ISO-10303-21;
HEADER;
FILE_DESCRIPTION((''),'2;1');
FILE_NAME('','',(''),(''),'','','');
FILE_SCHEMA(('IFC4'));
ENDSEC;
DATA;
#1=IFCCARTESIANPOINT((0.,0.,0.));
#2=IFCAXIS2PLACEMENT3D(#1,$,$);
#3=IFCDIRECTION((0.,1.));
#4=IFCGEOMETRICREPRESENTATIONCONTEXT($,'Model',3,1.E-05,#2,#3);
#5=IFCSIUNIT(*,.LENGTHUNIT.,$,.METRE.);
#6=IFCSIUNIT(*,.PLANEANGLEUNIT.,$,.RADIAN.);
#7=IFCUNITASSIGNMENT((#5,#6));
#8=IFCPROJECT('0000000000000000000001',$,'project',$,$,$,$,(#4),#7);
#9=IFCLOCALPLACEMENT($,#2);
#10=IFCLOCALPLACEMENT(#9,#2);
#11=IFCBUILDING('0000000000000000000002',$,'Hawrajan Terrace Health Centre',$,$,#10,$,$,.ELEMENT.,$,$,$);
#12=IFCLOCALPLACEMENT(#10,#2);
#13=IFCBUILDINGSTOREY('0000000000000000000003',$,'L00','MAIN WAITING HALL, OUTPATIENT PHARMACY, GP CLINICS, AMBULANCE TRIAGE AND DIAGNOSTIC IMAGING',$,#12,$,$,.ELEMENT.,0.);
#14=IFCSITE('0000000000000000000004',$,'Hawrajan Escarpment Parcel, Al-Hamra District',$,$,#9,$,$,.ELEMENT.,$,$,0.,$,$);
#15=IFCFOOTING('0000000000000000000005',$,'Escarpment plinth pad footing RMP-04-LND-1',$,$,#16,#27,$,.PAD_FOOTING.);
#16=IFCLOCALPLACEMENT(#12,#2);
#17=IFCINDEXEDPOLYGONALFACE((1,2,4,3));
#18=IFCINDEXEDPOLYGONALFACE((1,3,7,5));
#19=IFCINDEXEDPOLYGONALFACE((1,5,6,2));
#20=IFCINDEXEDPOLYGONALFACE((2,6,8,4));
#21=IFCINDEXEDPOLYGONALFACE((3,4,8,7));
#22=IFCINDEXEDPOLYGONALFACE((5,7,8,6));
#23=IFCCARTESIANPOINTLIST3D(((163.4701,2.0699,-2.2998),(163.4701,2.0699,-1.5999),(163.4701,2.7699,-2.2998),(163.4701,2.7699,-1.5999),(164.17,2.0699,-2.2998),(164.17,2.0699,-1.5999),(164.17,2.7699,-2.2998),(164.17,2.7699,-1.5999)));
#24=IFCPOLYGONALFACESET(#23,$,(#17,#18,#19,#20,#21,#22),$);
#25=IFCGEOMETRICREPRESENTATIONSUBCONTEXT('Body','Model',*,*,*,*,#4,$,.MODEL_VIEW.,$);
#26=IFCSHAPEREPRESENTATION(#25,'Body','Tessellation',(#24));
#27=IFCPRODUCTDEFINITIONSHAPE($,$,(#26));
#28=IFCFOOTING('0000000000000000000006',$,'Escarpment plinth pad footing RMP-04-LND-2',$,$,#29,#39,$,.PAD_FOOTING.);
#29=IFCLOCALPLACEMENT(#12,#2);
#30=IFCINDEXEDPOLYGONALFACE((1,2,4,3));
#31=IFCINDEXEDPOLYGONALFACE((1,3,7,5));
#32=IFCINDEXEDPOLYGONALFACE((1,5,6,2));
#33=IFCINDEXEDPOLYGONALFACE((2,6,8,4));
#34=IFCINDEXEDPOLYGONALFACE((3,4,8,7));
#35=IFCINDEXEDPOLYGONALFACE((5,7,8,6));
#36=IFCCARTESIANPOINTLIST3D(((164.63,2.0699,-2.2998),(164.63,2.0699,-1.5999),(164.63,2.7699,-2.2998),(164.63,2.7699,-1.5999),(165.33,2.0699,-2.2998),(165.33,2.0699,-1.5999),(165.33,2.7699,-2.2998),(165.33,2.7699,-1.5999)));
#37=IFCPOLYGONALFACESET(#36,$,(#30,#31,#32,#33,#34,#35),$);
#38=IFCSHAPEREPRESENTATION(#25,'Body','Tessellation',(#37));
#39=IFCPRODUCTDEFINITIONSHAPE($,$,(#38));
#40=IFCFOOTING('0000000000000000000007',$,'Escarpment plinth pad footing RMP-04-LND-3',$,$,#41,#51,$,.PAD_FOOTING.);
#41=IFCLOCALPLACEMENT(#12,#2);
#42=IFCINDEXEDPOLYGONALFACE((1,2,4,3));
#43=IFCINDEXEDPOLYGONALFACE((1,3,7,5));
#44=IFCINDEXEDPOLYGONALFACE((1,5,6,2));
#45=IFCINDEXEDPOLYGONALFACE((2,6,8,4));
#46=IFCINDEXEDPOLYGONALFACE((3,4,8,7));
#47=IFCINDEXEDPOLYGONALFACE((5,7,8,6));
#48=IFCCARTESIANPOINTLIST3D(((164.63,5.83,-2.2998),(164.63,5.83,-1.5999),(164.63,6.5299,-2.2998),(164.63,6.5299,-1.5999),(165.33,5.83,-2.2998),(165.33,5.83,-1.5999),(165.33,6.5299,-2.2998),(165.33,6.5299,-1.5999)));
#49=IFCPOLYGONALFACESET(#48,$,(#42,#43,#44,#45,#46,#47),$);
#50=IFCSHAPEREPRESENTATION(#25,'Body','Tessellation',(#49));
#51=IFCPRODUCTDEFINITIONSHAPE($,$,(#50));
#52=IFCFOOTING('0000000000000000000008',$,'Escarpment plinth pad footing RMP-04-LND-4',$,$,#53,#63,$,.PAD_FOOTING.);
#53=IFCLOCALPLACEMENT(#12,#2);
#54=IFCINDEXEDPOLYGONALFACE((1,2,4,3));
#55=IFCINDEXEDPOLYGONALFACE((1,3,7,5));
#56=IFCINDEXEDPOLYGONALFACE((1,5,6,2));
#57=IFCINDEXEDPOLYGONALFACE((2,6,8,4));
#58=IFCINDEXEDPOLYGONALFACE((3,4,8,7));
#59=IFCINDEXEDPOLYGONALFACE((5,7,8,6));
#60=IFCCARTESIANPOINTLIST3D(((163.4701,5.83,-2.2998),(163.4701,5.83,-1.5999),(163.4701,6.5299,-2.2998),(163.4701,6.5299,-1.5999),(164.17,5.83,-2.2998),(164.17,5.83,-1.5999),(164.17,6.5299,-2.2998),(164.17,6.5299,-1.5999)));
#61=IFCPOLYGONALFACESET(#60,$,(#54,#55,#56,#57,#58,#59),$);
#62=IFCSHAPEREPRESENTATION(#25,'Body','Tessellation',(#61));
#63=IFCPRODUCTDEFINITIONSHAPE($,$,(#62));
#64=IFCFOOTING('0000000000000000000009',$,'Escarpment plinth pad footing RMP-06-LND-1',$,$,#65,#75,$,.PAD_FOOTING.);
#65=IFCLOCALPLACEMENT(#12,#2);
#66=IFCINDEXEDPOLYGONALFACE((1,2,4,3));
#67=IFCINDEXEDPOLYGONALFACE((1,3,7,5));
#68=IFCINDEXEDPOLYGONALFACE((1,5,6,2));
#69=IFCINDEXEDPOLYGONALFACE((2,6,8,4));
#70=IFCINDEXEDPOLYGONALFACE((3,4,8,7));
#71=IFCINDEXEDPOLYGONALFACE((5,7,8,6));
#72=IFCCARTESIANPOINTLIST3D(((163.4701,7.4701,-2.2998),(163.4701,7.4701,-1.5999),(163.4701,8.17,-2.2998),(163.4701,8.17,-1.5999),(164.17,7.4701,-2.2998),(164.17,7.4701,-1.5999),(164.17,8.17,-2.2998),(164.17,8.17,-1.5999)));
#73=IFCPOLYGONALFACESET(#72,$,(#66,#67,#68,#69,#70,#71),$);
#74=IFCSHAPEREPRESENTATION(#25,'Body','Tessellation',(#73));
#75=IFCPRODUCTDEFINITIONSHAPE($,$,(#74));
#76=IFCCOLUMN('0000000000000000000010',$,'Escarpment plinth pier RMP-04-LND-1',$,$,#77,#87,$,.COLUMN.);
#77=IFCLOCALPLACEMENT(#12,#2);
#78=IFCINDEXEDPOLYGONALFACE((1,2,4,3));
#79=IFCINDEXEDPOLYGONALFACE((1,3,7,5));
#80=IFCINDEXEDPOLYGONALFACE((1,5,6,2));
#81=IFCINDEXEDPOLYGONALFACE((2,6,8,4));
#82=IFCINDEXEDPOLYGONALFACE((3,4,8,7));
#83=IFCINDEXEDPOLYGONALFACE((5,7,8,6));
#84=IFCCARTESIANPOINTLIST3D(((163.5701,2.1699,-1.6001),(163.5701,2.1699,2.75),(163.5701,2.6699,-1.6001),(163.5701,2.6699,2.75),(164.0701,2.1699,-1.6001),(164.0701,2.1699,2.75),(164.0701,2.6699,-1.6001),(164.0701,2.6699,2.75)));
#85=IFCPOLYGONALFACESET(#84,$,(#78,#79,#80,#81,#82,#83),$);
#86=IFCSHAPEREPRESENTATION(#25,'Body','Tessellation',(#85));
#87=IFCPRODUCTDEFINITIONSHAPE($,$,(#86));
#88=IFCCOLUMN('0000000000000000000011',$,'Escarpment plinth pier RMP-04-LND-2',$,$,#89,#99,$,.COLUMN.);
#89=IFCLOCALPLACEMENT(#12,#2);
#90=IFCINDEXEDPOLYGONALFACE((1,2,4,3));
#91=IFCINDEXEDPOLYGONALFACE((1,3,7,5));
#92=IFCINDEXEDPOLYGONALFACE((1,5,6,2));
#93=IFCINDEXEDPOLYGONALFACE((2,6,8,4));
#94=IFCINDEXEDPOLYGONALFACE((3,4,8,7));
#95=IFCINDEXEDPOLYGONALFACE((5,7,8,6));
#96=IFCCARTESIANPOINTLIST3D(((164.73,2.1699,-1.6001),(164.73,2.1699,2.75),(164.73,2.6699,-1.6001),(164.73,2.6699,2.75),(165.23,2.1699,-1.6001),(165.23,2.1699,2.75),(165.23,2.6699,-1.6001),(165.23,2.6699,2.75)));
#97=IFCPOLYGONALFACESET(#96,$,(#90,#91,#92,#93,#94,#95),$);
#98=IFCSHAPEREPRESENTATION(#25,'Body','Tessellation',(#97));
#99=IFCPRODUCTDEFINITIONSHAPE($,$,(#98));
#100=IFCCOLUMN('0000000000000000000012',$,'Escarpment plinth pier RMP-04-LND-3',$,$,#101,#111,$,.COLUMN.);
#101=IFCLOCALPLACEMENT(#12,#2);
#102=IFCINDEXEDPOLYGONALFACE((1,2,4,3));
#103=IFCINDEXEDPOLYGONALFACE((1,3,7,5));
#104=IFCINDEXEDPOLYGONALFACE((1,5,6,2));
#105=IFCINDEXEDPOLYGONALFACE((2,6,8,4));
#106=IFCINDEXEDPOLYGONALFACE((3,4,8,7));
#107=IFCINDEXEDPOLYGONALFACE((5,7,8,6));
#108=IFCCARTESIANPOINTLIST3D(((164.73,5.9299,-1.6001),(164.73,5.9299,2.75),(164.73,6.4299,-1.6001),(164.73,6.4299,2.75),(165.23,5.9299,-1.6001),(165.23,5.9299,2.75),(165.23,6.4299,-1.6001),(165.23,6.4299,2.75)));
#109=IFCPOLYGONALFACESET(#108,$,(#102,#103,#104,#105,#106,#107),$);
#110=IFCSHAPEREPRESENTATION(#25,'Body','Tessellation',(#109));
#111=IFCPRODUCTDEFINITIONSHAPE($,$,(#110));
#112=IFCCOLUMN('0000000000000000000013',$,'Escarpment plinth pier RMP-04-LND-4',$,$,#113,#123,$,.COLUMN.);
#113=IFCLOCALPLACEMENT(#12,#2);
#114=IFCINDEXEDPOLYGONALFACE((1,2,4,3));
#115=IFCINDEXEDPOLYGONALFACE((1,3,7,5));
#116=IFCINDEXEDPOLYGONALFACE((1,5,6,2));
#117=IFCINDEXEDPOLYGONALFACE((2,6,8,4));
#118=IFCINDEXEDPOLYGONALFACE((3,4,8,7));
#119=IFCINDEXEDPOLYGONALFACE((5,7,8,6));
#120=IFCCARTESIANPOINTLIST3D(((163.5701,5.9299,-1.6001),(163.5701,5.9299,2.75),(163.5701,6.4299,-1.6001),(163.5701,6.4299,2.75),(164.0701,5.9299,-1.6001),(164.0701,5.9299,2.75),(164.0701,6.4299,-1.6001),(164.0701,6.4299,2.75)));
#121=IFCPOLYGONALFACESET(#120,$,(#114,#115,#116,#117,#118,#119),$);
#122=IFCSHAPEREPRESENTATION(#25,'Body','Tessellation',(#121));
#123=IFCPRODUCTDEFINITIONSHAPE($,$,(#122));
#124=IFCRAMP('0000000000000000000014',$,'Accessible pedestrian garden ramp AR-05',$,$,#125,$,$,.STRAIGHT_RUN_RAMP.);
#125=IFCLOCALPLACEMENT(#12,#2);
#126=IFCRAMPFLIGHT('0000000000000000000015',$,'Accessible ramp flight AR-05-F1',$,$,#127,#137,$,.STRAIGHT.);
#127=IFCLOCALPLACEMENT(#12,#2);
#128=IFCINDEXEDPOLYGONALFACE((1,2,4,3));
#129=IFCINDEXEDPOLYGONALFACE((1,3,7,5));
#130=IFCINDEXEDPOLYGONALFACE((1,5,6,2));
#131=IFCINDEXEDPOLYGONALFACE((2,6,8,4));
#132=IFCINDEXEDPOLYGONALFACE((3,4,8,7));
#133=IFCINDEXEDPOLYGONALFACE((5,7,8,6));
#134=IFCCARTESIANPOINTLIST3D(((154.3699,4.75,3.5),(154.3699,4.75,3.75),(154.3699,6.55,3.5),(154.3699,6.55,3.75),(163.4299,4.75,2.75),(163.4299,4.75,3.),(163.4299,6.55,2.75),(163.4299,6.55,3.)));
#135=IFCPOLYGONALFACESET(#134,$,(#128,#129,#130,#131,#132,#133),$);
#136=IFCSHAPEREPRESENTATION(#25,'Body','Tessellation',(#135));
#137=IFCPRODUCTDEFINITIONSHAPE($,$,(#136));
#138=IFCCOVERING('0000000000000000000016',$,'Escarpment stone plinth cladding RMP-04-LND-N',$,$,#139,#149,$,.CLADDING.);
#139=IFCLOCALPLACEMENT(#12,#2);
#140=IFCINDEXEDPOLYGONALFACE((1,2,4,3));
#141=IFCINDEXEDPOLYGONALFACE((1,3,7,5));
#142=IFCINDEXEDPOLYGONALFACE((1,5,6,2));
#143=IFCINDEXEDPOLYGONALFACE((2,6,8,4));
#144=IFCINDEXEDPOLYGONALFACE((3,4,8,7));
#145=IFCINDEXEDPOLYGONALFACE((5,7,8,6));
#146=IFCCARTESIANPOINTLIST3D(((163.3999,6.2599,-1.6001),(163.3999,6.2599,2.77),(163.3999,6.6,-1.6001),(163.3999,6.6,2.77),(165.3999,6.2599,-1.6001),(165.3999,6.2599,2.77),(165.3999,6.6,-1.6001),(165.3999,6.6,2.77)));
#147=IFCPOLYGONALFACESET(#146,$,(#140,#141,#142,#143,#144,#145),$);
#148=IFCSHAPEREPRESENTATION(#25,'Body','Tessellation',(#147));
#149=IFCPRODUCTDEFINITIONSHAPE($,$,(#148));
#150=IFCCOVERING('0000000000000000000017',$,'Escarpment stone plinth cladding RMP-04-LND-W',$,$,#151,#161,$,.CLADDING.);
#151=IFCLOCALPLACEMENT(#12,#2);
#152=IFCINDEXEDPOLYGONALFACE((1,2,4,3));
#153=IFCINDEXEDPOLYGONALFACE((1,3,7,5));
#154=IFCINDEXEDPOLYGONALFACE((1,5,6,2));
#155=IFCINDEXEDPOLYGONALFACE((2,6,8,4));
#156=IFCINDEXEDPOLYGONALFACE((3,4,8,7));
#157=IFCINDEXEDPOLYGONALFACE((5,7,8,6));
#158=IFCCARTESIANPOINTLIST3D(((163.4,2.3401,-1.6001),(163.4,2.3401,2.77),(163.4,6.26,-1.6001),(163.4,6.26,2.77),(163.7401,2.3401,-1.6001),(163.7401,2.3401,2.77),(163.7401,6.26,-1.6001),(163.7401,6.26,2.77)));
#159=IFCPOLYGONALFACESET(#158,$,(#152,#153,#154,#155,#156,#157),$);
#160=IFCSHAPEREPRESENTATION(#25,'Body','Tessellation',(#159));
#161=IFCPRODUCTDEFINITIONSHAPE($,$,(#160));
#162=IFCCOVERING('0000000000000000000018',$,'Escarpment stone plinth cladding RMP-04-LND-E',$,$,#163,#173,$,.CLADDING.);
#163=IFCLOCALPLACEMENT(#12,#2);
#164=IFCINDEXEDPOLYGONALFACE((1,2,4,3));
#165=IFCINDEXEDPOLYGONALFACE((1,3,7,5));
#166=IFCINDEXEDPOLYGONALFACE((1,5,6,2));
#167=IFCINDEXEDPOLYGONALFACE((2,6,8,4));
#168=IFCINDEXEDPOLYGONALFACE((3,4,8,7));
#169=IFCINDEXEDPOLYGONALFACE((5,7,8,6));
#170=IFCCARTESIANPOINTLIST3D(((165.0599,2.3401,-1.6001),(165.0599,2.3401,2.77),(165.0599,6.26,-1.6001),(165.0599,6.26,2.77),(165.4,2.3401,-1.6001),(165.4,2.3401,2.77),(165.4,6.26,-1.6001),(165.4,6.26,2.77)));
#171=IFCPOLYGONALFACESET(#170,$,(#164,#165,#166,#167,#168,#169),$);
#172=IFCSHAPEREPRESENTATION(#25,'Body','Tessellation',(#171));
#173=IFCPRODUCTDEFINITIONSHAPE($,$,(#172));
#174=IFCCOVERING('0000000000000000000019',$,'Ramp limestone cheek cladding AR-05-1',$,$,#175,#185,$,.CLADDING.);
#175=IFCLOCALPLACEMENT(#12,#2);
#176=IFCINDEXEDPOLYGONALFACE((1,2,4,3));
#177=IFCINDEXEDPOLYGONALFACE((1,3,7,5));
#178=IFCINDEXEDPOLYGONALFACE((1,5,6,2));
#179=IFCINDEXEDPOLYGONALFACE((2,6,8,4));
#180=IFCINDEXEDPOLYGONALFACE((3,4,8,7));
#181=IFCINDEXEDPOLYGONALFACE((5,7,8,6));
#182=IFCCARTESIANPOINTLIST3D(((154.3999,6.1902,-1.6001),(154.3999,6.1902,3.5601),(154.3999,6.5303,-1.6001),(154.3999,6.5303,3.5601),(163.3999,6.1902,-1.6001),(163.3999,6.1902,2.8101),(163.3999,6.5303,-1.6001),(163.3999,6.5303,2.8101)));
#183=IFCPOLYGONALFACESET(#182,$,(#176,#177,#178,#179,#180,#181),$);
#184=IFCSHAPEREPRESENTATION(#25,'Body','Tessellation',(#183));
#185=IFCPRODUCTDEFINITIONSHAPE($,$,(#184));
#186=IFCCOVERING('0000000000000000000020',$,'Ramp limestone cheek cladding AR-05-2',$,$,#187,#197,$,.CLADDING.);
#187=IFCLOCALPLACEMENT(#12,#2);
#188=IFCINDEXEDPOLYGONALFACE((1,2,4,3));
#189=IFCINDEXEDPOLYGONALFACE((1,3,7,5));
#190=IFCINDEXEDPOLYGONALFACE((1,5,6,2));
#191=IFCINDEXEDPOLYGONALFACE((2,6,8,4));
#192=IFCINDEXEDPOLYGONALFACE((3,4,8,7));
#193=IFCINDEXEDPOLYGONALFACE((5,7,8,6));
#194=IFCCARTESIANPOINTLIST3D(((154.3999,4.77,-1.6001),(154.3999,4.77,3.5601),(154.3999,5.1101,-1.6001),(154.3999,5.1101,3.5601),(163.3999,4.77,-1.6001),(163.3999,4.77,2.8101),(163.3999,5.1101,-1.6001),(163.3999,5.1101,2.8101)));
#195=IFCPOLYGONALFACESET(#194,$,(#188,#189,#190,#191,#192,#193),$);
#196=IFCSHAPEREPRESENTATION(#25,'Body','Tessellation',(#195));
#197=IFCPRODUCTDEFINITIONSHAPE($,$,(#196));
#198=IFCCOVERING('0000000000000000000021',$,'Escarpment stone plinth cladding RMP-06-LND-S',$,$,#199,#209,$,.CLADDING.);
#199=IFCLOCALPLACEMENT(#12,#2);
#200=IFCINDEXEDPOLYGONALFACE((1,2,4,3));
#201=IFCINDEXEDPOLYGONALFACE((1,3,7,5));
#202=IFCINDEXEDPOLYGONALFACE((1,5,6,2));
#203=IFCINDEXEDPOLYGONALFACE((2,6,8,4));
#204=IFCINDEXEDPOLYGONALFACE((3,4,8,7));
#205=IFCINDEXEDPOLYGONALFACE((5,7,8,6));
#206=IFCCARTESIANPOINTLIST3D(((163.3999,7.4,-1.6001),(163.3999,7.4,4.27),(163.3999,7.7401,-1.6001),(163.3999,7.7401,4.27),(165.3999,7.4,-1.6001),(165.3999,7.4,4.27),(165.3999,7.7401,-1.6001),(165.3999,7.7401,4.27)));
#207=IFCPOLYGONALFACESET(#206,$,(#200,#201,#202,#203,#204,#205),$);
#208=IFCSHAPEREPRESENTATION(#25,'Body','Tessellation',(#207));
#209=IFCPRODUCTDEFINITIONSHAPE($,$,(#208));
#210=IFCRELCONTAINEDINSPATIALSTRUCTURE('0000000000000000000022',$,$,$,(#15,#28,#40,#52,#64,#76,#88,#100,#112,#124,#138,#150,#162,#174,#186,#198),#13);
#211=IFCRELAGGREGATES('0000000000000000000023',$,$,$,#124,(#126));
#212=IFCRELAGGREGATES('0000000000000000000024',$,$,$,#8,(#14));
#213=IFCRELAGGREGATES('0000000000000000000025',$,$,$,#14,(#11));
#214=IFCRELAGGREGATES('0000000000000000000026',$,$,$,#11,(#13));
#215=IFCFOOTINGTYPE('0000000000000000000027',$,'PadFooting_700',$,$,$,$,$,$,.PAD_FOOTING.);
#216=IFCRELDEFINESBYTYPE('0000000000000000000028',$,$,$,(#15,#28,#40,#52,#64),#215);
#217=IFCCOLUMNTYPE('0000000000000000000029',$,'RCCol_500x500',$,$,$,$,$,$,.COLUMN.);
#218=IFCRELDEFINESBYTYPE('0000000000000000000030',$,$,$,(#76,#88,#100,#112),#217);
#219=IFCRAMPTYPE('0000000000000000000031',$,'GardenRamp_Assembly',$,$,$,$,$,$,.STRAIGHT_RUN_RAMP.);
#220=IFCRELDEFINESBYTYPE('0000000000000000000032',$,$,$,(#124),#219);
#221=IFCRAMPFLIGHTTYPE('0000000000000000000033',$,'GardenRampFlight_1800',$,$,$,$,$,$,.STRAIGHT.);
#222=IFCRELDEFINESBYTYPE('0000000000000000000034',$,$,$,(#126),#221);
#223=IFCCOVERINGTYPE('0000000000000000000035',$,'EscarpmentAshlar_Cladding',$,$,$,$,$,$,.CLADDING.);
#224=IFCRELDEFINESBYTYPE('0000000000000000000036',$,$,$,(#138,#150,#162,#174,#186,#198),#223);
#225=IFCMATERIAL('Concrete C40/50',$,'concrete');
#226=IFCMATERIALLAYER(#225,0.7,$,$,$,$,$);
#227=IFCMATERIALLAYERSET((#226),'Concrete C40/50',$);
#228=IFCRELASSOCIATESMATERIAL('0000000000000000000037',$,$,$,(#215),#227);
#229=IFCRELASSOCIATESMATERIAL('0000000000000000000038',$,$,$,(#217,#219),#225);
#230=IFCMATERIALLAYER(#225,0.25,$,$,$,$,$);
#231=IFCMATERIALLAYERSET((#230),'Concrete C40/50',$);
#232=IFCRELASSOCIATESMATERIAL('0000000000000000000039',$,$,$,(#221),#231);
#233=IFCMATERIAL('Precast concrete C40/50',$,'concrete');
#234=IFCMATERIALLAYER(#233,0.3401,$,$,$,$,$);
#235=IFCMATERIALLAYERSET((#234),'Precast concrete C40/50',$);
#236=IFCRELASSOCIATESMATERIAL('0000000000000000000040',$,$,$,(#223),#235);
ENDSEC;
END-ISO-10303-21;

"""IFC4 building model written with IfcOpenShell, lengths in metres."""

from ifc_helpers import new_model, si_unit, direction, frame, frame_2d, origin, origin_2d, place, context, subcontext, project, spatial, polyline, rectangle, outline, extrude, material, layer, layer_set, material_profile, profile_set, type_object, element, aggregate, save


model = new_model("IFC4")

# Units and contexts
model_context = context("Model", 3, precision=1e-05, world=origin(), true_north=direction((0.0, 1.0)))
body_context = subcontext(model_context, "Body", "Model", "MODEL_VIEW")
ifc_project = project(units=[si_unit("LENGTHUNIT", "METRE"), si_unit("PLANEANGLEUNIT", "RADIAN")], contexts=[model_context])

# Site, building, storey
site_placement = place(None, origin())
site = spatial("IfcSite", under=ifc_project, at=site_placement, Name="Hawrajan Escarpment Parcel, Al-Hamra District", CompositionType="ELEMENT", RefElevation=0.0)
building_placement = place(site_placement, origin())
building = spatial("IfcBuilding", under=site, at=building_placement, Name="Hawrajan Terrace Health Centre", CompositionType="ELEMENT")
storey_placement = place(building_placement, origin())
storey = spatial("IfcBuildingStorey", under=building, at=storey_placement, Name="L00", Description="MAIN WAITING HALL, OUTPATIENT PHARMACY, GP CLINICS, AMBULANCE TRIAGE AND DIAGNOSTIC IMAGING", CompositionType="ELEMENT", Elevation=0.0)

# Footings
ifc_material_1 = material(Name="Concrete C40/50", Category="concrete")
ifc_layer_1 = layer(ifc_material_1, 0.7)
ifc_layer_set_1 = layer_set([ifc_layer_1], Name="Concrete C40/50")
footing_type = type_object("IfcFootingType", Name="PadFooting_700", PredefinedType="PAD_FOOTING", material=ifc_layer_set_1)
for number, where, z_axis, x_axis, name in (
    (1, (163.8201, 2.4199, -2.2998), (0.0, 0.0, 1.0), (1.0, 0.0, 0.0), "Escarpment plinth pad footing RMP-04-LND-1"),
    (2, (164.98, 2.4199, -2.2998), (0.0, 0.0, 1.0), (1.0, 0.0, 0.0), "Escarpment plinth pad footing RMP-04-LND-2"),
    (3, (164.98, 6.1799, -2.2998), (0.0, 0.0, 1.0), (1.0, 0.0, 0.0), "Escarpment plinth pad footing RMP-04-LND-3"),
    (4, (163.8201, 6.1799, -2.2998), (0.0, 0.0, 1.0), (1.0, 0.0, 0.0), "Escarpment plinth pad footing RMP-04-LND-4"),
    (5, (163.8201, 7.8201, -2.2998), (0.0, 0.0, 1.0), (1.0, 0.0, 0.0), "Escarpment plinth pad footing RMP-06-LND-1"),
):
    element("IfcFooting", number, at=place(storey_placement, frame(where, z_axis=z_axis, x_axis=x_axis)), inside=storey, type_object=footing_type, Name=name, PredefinedType="PAD_FOOTING", context=body_context, shape_type="SweptSolid", body=[
        extrude(rectangle(XDim=0.7, YDim=0.7, at=origin_2d()), origin(), (0.0, 0.0, 1.0), 0.7),
    ])

# Columns
ifc_material_profile = material_profile(ifc_material_1, rectangle(XDim=0.5, YDim=0.5, at=origin_2d()), Name="RC 500x500")
ifc_profile_set = profile_set([ifc_material_profile], Name="Concrete C40/50")
column_type = type_object("IfcColumnType", Name="RCCol_500x500", PredefinedType="COLUMN", material=ifc_profile_set)
for number, where, z_axis, x_axis, name in (
    (6, (163.8201, 2.4199, -1.6001), (0.0, 0.0, 1.0), (1.0, 0.0, 0.0), "Escarpment plinth pier RMP-04-LND-1"),
    (7, (164.98, 2.4199, -1.6001), (0.0, 0.0, 1.0), (1.0, 0.0, 0.0), "Escarpment plinth pier RMP-04-LND-2"),
    (8, (164.98, 6.1799, -1.6001), (0.0, 0.0, 1.0), (1.0, 0.0, 0.0), "Escarpment plinth pier RMP-04-LND-3"),
    (9, (163.8201, 6.1799, -1.6001), (0.0, 0.0, 1.0), (1.0, 0.0, 0.0), "Escarpment plinth pier RMP-04-LND-4"),
):
    element("IfcColumn", number, at=place(storey_placement, frame(where, z_axis=z_axis, x_axis=x_axis)), inside=storey, type_object=column_type, Name=name, PredefinedType="COLUMN", context=body_context, shape_type="SweptSolid", body=[
        extrude(rectangle(XDim=0.5, YDim=0.5, at=origin_2d()), origin(), (0.0, 0.0, 1.0), 4.3501),
    ])

# Ramp, ramp flight
ramp_type = type_object("IfcRampType", Name="GardenRamp_Assembly", PredefinedType="STRAIGHT_RUN_RAMP", material=ifc_material_1)
ramp_placement = place(storey_placement, origin())
ramp = element("IfcRamp", 10, at=ramp_placement, inside=storey, type_object=ramp_type, Name="Accessible pedestrian garden ramp AR-05", PredefinedType="STRAIGHT_RUN_RAMP")
ifc_layer_2 = layer(ifc_material_1, 0.25)
ifc_layer_set_2 = layer_set([ifc_layer_2], Name="Concrete C40/50")
ramp_flight_type = type_object("IfcRampFlightType", Name="GardenRampFlight_1800", PredefinedType="STRAIGHT", material=ifc_layer_set_2)
ramp_flight_placement = place(storey_placement, frame((163.4299, 5.6499, 3.0), z_axis=(0.0, 0.0, 1.0), x_axis=(-1.0, 0.0, 0.0)))
ramp_flight = element("IfcRampFlight", 11, at=ramp_flight_placement, type_object=ramp_flight_type, Name="Accessible ramp flight AR-05-F1", PredefinedType="STRAIGHT", context=body_context, shape_type="SweptSolid", body=[
    extrude(outline(polyline([(0.0, 0.0), (0.0, -0.25), (9.0601, 0.5), (9.0601, 0.75), (0.0, 0.0)])), frame((0.0, 0.8999, 0.0), z_axis=(0.0, -1.0, 0.0), x_axis=(1.0, 0.0, 0.0)), (0.0, 0.0, 1.0), 1.8),
])
aggregate(ramp, [ramp_flight])

# Coverings
ifc_material_2 = material(Name="Precast concrete C40/50", Category="concrete")
ifc_layer_3 = layer(ifc_material_2, 0.3401)
ifc_layer_set_3 = layer_set([ifc_layer_3], Name="Precast concrete C40/50")
covering_type = type_object("IfcCoveringType", Name="EscarpmentAshlar_Cladding", PredefinedType="CLADDING", material=ifc_layer_set_3)
covering_1_placement = place(storey_placement, frame((163.3999, 6.4299, -1.6001), z_axis=(0.0, 0.0, 1.0), x_axis=(1.0, 0.0, 0.0)))
element("IfcCovering", 12, at=covering_1_placement, inside=storey, type_object=covering_type, Name="Escarpment stone plinth cladding RMP-04-LND-N", PredefinedType="CLADDING", context=body_context, shape_type="SweptSolid", body=[
    extrude(rectangle(XDim=2.0, YDim=0.3401, at=frame_2d((1.0, 0.0))), origin(), (0.0, 0.0, 1.0), 4.3701),
])
for number, where, z_axis, x_axis, name in (
    (13, (163.5701, 2.3401, -1.6001), (0.0, 0.0, 1.0), (0.0, 1.0, 0.0), "Escarpment stone plinth cladding RMP-04-LND-W"),
    (14, (165.23, 2.3401, -1.6001), (0.0, 0.0, 1.0), (0.0, 1.0, 0.0), "Escarpment stone plinth cladding RMP-04-LND-E"),
):
    element("IfcCovering", number, at=place(storey_placement, frame(where, z_axis=z_axis, x_axis=x_axis)), inside=storey, type_object=covering_type, Name=name, PredefinedType="CLADDING", context=body_context, shape_type="SweptSolid", body=[
        extrude(rectangle(XDim=3.9199, YDim=0.3401, at=frame_2d((1.96, 0.0))), origin(), (0.0, 0.0, 1.0), 4.3701),
    ])
for number, where, z_axis, x_axis, name in (
    (15, (163.3999, 6.3601, -1.6001), (0.0, 0.0, 1.0), (-1.0, 0.0, 0.0), "Ramp limestone cheek cladding AR-05-1"),
    (16, (163.3999, 4.9399, -1.6001), (0.0, 0.0, 1.0), (-1.0, 0.0, 0.0), "Ramp limestone cheek cladding AR-05-2"),
):
    element("IfcCovering", number, at=place(storey_placement, frame(where, z_axis=z_axis, x_axis=x_axis)), inside=storey, type_object=covering_type, Name=name, PredefinedType="CLADDING", context=body_context, shape_type="SweptSolid", body=[
        extrude(outline(polyline([(0.0, 0.0), (9.0, 0.0), (9.0, 5.1602), (0.0, 4.4102), (0.0, 0.0)])), frame((0.0, 0.1699, 0.0), z_axis=(0.0, -1.0, 0.0), x_axis=(1.0, 0.0, 0.0)), (0.0, 0.0, 1.0), 0.3401),
    ])
covering_2_placement = place(storey_placement, frame((163.3999, 7.5701, -1.6001), z_axis=(0.0, 0.0, 1.0), x_axis=(1.0, 0.0, 0.0)))
element("IfcCovering", 17, at=covering_2_placement, inside=storey, type_object=covering_type, Name="Escarpment stone plinth cladding RMP-06-LND-S", PredefinedType="CLADDING", context=body_context, shape_type="SweptSolid", body=[
    extrude(rectangle(XDim=2.0, YDim=0.3401, at=frame_2d((1.0, 0.0))), origin(), (0.0, 0.0, 1.0), 5.8701),
])

save(model, "model.ifc")
